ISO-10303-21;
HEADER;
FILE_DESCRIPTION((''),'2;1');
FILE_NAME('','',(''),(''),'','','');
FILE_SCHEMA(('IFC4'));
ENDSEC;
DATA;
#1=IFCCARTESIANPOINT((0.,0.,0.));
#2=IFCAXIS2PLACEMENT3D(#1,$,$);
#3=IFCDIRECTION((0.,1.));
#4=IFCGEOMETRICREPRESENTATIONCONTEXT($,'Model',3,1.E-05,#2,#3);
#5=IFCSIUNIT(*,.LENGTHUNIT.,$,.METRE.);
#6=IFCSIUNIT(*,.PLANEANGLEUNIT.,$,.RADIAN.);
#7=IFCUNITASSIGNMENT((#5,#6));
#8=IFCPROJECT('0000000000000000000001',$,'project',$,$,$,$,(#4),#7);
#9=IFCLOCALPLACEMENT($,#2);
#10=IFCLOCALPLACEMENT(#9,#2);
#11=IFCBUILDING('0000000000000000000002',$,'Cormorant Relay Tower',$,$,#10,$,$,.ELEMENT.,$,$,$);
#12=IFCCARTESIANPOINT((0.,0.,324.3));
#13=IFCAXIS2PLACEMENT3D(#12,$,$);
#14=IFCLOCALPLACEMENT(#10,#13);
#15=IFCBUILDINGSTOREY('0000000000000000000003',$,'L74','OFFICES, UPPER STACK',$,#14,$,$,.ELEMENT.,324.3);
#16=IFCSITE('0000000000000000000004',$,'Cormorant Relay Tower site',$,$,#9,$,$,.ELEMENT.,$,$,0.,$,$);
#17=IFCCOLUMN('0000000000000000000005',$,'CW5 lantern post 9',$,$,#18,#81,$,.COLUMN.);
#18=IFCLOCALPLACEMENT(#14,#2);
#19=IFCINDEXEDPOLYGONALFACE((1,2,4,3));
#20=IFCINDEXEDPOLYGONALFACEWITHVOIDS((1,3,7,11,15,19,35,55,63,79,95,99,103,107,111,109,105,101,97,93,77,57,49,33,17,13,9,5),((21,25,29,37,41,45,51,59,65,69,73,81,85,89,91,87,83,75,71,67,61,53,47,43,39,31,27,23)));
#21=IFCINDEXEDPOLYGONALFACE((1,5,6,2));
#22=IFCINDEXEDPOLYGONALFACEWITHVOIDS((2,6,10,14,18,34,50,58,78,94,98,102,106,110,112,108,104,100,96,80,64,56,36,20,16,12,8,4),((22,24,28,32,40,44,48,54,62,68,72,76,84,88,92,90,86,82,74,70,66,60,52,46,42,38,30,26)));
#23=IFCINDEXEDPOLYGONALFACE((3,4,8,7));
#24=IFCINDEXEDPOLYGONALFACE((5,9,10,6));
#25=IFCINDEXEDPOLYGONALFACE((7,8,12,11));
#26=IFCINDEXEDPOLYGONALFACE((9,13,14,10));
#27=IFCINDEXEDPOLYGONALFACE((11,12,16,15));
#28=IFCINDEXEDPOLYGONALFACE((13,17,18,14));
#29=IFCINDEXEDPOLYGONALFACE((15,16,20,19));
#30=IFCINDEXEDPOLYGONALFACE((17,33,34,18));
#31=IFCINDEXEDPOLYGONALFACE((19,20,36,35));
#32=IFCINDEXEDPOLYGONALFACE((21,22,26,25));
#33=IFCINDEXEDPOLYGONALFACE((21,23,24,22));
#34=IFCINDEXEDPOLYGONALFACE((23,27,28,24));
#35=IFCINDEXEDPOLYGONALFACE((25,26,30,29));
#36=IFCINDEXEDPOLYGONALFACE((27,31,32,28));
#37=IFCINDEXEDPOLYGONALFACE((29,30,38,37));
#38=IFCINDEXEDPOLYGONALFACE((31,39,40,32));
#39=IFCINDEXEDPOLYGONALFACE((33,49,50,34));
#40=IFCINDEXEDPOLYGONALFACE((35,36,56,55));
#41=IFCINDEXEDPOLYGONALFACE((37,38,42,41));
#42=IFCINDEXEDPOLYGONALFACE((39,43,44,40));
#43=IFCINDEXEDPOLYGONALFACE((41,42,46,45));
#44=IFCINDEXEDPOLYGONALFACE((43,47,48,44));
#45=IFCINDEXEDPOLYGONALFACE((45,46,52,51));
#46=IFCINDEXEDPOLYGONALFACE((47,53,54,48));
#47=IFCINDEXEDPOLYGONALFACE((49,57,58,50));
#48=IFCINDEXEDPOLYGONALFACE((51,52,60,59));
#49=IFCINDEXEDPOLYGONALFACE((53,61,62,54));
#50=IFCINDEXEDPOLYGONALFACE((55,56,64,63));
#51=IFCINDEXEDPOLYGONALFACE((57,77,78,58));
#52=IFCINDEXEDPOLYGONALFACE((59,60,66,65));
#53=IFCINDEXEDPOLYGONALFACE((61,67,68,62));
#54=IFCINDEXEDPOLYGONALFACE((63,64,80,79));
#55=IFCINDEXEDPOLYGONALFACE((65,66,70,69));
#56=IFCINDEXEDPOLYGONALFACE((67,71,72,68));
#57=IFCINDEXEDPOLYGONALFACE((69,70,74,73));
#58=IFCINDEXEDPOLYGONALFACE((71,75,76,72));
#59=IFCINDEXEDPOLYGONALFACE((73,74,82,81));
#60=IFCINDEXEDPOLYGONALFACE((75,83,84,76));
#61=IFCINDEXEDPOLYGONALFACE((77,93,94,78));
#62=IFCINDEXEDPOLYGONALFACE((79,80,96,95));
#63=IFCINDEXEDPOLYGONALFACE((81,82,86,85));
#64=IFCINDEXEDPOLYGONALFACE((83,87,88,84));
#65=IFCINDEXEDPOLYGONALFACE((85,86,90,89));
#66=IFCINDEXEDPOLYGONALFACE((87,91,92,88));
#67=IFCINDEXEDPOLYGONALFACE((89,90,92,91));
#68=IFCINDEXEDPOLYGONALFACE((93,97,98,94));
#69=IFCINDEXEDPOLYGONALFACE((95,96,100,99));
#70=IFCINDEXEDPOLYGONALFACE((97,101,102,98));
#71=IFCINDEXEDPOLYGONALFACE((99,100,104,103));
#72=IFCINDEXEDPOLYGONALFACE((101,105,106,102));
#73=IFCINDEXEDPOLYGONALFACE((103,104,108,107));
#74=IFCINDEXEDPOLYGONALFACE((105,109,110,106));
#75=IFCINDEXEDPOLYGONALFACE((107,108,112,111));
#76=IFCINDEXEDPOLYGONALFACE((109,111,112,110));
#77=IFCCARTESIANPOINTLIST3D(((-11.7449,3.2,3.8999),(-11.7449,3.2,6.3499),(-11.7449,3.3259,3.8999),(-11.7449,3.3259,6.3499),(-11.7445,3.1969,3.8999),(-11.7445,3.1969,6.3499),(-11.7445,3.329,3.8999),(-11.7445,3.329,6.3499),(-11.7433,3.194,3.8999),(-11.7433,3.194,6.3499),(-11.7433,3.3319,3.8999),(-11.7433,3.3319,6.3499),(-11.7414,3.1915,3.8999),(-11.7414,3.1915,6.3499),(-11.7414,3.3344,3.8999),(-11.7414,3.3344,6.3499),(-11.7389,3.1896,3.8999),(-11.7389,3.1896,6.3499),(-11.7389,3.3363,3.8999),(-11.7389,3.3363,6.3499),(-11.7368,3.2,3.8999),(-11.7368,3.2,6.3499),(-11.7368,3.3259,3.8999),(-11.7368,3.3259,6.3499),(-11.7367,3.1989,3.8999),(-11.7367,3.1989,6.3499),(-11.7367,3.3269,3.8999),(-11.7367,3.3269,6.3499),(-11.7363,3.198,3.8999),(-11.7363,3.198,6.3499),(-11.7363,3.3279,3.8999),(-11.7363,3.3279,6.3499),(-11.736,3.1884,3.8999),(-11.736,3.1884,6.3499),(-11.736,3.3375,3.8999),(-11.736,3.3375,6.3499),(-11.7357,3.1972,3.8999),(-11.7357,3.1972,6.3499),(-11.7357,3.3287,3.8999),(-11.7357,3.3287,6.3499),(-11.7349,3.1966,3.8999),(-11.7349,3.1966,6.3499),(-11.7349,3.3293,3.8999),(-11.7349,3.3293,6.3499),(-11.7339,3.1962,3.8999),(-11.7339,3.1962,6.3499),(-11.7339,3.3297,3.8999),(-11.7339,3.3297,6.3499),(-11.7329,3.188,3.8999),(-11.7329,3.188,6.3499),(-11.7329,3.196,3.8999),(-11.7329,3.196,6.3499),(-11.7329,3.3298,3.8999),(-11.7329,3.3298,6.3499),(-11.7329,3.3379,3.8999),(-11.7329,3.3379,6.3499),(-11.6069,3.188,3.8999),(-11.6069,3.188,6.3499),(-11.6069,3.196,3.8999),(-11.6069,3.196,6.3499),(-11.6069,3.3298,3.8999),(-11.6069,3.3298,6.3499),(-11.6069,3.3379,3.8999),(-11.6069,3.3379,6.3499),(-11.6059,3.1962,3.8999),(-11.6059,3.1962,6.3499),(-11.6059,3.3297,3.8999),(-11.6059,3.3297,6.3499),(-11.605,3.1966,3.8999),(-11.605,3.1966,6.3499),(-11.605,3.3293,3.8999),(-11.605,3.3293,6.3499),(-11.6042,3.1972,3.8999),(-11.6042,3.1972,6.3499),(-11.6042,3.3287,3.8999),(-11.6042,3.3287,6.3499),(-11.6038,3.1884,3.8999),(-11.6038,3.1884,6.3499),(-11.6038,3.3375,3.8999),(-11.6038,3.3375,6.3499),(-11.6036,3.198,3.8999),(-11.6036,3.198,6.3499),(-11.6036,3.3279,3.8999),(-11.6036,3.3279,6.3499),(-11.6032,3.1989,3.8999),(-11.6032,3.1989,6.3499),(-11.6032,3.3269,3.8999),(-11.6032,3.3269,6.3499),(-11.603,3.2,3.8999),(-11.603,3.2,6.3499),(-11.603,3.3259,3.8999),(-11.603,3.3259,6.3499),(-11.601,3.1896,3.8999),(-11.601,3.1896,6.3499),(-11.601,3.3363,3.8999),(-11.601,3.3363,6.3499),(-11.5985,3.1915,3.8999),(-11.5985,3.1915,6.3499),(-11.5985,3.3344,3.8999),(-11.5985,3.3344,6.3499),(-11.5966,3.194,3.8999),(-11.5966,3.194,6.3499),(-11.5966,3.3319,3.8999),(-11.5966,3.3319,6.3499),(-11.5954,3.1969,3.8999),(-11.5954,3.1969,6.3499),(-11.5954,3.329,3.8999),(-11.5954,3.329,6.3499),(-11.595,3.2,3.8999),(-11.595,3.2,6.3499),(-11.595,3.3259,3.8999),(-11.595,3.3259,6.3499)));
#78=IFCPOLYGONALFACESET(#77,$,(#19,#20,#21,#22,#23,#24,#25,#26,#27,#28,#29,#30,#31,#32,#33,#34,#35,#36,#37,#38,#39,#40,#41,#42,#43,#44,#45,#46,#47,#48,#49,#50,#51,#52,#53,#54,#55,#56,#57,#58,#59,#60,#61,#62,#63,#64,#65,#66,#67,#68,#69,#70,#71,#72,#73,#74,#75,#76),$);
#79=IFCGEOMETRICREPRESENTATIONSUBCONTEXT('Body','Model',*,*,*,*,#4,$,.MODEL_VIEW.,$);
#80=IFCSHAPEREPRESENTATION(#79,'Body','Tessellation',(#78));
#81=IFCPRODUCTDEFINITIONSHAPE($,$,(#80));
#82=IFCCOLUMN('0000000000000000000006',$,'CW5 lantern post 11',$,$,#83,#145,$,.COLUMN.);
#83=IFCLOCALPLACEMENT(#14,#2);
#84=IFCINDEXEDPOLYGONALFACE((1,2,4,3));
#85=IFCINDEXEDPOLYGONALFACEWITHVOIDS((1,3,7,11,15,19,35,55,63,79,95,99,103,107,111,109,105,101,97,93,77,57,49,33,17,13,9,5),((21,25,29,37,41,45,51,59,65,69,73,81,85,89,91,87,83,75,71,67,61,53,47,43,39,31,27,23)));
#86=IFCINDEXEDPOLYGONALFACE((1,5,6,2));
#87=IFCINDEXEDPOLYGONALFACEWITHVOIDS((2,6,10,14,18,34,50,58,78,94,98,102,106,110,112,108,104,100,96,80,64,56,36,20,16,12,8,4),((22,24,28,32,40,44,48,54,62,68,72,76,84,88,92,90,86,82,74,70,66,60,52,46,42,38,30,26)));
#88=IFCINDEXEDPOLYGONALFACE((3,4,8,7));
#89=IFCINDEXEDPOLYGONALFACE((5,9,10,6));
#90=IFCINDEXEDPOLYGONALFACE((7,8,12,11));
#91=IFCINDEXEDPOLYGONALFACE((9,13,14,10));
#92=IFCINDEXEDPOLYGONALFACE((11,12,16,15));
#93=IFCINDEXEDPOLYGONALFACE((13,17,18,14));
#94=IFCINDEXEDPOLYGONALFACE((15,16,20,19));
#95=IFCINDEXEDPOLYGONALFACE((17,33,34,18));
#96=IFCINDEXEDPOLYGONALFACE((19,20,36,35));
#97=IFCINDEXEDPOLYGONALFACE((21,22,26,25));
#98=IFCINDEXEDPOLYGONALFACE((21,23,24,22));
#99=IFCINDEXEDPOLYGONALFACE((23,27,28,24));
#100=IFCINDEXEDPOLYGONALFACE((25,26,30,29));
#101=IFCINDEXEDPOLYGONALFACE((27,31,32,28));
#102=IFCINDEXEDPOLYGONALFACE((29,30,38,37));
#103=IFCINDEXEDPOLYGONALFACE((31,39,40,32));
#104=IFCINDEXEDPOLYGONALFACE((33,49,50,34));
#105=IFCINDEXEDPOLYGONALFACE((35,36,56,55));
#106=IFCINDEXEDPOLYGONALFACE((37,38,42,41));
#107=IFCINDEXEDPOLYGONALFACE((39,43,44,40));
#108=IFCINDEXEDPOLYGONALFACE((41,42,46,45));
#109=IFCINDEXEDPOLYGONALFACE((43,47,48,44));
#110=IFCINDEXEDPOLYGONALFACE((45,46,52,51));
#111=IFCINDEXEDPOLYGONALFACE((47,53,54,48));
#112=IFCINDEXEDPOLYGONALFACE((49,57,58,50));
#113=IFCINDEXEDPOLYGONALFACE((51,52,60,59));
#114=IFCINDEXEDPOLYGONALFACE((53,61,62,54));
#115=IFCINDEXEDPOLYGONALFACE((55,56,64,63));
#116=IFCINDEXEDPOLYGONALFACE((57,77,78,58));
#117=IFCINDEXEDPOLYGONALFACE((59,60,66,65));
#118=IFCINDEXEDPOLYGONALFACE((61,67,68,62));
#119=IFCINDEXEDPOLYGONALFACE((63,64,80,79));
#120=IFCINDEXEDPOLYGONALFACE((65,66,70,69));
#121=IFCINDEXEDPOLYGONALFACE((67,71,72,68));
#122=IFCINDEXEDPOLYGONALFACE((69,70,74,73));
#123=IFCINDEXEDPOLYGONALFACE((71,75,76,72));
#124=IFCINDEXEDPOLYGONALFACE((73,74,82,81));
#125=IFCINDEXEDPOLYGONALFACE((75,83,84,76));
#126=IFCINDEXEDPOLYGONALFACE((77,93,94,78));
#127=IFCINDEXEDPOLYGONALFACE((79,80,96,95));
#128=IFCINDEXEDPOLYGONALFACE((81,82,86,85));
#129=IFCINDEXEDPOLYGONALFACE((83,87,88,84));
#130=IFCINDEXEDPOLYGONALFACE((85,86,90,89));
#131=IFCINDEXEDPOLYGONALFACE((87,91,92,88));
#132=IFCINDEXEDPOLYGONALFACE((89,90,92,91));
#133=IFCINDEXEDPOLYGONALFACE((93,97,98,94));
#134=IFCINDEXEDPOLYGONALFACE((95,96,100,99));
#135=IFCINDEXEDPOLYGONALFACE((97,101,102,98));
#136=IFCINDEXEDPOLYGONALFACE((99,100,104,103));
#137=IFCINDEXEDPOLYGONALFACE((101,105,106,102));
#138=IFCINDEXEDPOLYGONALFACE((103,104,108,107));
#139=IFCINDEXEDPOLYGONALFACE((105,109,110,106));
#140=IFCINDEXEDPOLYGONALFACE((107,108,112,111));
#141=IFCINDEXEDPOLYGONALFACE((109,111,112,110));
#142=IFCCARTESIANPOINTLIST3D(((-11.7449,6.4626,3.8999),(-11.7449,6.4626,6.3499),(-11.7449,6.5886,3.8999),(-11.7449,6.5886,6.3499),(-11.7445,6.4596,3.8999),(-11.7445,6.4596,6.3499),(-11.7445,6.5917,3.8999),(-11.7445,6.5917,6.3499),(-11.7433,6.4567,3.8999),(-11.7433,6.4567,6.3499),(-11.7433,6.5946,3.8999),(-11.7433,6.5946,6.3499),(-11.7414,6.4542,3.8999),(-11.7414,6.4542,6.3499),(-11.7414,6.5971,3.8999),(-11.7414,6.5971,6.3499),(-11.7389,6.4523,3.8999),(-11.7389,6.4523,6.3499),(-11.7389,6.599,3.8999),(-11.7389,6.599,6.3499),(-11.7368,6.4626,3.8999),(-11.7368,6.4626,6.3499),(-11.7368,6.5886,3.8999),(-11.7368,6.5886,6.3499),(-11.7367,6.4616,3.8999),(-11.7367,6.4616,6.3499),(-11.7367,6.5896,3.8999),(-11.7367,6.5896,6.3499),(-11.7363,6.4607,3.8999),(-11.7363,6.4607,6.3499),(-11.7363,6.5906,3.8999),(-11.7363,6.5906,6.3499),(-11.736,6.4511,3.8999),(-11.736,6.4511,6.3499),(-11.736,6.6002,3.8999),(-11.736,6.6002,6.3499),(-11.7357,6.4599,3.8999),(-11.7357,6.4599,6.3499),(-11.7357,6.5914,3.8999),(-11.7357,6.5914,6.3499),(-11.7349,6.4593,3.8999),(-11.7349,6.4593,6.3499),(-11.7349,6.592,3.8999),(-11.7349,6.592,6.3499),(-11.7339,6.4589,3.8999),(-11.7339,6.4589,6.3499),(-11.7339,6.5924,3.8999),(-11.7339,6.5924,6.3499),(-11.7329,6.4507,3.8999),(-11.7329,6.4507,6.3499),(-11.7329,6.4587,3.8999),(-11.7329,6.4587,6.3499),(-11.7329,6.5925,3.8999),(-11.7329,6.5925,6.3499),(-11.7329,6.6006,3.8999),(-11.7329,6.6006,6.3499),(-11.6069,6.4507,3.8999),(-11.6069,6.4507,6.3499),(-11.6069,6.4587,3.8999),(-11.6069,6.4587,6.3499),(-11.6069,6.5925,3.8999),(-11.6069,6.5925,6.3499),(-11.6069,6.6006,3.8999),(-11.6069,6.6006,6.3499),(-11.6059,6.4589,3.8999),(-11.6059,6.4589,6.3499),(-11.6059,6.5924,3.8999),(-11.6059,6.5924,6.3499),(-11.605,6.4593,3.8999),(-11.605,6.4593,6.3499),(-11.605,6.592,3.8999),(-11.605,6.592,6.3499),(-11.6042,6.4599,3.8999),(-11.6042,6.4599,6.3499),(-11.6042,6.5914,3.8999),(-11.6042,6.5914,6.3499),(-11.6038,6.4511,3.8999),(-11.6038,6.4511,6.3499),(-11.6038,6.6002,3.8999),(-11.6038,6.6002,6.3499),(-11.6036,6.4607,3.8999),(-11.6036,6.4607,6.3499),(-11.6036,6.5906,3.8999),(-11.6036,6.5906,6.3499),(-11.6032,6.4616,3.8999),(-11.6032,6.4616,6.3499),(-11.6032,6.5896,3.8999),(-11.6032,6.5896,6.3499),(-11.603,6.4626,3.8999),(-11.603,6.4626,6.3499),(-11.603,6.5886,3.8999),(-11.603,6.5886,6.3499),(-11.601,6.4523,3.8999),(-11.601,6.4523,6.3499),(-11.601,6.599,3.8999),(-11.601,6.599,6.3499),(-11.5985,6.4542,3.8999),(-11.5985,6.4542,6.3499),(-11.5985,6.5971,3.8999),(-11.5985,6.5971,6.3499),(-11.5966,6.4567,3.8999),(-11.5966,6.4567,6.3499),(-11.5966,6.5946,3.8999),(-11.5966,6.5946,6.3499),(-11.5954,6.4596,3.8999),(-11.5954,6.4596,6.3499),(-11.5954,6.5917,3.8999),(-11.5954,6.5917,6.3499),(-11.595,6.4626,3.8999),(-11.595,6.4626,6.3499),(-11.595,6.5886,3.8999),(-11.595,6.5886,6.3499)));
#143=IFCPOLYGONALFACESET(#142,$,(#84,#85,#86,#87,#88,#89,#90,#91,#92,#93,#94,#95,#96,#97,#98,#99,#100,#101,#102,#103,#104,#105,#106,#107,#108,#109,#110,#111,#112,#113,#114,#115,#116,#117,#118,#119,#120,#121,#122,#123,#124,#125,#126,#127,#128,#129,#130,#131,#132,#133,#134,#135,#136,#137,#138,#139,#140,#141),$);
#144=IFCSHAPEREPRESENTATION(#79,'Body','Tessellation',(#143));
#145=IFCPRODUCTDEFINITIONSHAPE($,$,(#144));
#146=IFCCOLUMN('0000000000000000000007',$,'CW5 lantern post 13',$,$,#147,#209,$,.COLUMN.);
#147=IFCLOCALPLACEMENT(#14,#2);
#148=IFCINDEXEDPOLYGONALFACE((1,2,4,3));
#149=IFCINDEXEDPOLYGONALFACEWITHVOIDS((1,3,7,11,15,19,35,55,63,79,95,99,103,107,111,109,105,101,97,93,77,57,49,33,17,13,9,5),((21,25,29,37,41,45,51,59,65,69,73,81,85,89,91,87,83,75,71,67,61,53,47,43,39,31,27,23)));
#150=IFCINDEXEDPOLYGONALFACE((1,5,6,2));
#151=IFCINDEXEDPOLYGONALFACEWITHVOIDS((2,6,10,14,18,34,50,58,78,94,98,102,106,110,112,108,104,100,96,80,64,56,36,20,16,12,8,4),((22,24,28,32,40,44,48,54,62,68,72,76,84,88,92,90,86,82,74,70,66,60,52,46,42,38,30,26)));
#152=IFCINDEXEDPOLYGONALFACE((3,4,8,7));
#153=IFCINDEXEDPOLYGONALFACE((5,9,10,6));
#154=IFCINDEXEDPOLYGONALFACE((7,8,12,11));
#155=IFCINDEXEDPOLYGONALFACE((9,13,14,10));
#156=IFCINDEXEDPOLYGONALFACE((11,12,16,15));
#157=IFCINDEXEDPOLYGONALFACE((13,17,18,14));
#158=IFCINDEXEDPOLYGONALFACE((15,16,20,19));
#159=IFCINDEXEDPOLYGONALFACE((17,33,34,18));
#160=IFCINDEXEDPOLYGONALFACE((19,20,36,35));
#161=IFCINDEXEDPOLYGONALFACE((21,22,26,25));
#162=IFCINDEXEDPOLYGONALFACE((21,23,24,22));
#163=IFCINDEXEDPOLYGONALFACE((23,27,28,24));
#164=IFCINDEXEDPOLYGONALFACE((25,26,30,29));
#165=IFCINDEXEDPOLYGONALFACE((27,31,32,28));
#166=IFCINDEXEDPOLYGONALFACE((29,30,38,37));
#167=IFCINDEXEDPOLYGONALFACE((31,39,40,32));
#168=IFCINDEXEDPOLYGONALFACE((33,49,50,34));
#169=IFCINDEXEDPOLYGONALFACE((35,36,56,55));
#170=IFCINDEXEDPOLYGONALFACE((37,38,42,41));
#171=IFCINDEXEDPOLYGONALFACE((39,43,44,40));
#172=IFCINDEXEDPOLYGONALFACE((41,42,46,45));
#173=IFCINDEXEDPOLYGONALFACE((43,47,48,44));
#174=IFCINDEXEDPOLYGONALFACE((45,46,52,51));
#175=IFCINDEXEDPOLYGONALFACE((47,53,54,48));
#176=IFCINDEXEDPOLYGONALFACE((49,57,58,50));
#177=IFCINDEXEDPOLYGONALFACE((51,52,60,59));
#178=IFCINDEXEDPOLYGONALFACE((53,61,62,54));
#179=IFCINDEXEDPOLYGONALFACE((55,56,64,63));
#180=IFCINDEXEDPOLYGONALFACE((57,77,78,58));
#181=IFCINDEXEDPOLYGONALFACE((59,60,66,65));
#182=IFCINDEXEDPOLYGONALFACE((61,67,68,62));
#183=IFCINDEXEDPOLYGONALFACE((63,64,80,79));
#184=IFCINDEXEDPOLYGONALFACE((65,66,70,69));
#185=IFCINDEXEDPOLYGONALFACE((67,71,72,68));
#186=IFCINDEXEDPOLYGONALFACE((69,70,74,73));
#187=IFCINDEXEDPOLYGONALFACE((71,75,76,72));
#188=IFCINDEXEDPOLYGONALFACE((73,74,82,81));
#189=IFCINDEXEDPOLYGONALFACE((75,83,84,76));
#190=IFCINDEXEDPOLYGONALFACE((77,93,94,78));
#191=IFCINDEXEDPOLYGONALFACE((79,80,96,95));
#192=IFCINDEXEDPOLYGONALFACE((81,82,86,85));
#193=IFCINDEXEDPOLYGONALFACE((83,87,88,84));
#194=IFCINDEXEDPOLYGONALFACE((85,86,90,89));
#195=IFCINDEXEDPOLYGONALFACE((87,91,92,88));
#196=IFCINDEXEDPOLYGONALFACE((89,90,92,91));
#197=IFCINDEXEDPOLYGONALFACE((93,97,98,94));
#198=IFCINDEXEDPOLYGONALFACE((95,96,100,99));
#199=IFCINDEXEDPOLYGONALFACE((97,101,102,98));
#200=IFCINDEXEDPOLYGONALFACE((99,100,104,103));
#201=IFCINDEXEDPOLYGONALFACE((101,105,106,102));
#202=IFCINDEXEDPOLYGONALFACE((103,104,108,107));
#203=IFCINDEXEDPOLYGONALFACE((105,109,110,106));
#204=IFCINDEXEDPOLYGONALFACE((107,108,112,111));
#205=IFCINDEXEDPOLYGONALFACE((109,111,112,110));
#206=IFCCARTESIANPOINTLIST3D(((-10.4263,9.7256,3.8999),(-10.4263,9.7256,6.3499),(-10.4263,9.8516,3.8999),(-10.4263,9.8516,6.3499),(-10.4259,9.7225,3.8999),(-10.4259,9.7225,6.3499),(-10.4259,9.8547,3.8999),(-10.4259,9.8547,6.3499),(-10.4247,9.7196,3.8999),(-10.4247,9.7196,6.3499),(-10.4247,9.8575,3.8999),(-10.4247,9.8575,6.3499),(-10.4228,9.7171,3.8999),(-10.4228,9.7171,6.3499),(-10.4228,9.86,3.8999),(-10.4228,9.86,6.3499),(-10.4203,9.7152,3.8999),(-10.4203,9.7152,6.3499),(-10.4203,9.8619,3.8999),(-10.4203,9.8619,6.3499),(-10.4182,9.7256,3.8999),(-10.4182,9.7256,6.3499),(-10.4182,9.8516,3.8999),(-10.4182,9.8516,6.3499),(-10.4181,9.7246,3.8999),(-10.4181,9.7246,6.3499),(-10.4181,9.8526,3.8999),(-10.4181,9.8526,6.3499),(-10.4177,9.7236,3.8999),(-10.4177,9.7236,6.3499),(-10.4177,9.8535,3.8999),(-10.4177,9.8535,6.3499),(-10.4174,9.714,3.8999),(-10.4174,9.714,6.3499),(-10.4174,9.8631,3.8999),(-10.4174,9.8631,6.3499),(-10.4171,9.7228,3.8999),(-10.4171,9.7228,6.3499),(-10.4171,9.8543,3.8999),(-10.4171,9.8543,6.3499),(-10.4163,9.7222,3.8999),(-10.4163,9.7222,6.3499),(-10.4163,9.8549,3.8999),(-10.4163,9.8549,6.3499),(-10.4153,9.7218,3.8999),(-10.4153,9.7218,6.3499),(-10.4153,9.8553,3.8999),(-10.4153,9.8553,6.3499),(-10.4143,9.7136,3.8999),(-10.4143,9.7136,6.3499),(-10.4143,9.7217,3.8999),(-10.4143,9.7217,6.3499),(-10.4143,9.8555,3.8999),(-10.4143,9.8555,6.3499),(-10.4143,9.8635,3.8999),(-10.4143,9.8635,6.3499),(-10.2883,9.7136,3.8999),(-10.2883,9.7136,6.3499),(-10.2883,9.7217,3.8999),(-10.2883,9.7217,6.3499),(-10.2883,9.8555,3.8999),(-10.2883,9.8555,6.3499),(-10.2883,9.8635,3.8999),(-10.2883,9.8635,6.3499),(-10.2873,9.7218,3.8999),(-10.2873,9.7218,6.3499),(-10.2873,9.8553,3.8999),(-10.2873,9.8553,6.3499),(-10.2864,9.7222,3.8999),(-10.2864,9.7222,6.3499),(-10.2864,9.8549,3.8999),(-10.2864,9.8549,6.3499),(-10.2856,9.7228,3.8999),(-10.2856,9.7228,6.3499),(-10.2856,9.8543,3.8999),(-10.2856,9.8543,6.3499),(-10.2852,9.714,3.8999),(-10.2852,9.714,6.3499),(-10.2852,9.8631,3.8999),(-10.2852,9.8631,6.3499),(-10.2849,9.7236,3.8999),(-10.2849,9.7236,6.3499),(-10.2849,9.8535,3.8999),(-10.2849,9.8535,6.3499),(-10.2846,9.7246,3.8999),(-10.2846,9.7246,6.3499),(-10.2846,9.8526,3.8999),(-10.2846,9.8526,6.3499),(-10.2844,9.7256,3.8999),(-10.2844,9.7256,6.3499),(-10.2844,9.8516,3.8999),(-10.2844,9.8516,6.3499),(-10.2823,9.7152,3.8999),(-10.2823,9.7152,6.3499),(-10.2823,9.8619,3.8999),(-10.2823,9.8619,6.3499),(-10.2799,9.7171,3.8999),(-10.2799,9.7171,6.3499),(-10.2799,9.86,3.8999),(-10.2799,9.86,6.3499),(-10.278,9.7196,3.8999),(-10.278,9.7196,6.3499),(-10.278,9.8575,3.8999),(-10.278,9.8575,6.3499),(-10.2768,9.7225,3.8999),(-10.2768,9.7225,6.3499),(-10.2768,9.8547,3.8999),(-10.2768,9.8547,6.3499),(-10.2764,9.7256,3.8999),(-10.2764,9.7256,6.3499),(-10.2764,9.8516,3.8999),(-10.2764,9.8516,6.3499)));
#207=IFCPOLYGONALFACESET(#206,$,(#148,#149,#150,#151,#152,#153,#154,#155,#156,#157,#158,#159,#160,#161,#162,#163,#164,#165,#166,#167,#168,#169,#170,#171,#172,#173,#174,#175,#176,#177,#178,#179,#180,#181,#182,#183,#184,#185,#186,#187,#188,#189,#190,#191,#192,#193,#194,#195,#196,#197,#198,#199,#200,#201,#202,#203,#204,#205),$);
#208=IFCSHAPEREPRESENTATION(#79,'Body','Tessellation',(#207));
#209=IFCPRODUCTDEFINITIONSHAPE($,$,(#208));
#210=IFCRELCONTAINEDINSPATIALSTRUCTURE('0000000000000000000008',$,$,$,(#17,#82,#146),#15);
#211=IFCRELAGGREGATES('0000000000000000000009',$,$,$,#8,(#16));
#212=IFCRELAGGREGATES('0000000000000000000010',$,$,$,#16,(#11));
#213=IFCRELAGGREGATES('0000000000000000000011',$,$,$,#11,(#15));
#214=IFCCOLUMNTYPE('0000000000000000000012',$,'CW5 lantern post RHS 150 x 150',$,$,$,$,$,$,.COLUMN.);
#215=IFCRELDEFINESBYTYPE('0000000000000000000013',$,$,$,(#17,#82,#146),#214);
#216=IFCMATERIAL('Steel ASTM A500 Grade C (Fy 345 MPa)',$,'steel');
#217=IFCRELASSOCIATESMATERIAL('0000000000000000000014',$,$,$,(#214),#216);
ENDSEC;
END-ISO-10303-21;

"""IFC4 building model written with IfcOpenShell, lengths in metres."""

from ifc_helpers import new_model, si_unit, direction, frame, origin, origin_2d, place, context, subcontext, project, spatial, hollow_rectangle, extrude, material, material_profile, profile_set, type_object, element, save


model = new_model("IFC4")

# Units and contexts
model_context = context("Model", 3, precision=1e-05, world=origin(), true_north=direction((0.0, 1.0)))
body_context = subcontext(model_context, "Body", "Model", "MODEL_VIEW")
ifc_project = project(units=[si_unit("LENGTHUNIT", "METRE"), si_unit("PLANEANGLEUNIT", "RADIAN")], contexts=[model_context])

# Site, building, storey
site_placement = place(None, origin())
site = spatial("IfcSite", under=ifc_project, at=site_placement, Name="Cormorant Relay Tower site", CompositionType="ELEMENT", RefElevation=0.0)
building_placement = place(site_placement, origin())
building = spatial("IfcBuilding", under=site, at=building_placement, Name="Cormorant Relay Tower", CompositionType="ELEMENT")
storey_placement = place(building_placement, frame((0.0, 0.0, 324.3)))
storey = spatial("IfcBuildingStorey", under=building, at=storey_placement, Name="L74", Description="OFFICES, UPPER STACK", CompositionType="ELEMENT", Elevation=324.3)

# Columns
ifc_material_1 = material(Name="Steel ASTM A500 Grade C (Fy 345 MPa)", Category="steel")
ifc_material_profile_1 = material_profile(ifc_material_1, hollow_rectangle(XDim=0.1499, YDim=0.1499, WallThickness=0.0081, InnerFilletRadius=0.0039, OuterFilletRadius=0.012, at=origin_2d()), Name="RHS150x150x8")
ifc_profile_set_1 = profile_set([ifc_material_profile_1], Name="Steel ASTM A500 Grade C (Fy 345 MPa)")
column_type_1 = type_object("IfcColumnType", Name="CW5 lantern post RHS 150 x 150", PredefinedType="COLUMN", material=ifc_profile_set_1)
for number, where, z_axis, x_axis, name in (
    (1, (-11.6699, 3.2629, 3.8999), (0.0, 0.0, 1.0), (1.0, 0.0, 0.0), "CW5 lantern post 9"),
    (2, (-11.6699, 6.5256, 3.8999), (0.0, 0.0, 1.0), (1.0, 0.0, 0.0), "CW5 lantern post 11"),
    (3, (-10.3513, 9.7886, 3.8999), (0.0, 0.0, 1.0), (1.0, 0.0, 0.0), "CW5 lantern post 13"),
):
    element("IfcColumn", number, at=place(storey_placement, frame(where, z_axis=z_axis, x_axis=x_axis)), inside=storey, type_object=column_type_1, Name=name, PredefinedType="COLUMN", context=body_context, shape_type="SweptSolid", body=[
        extrude(hollow_rectangle(XDim=0.1499, YDim=0.1499, WallThickness=0.0081, InnerFilletRadius=0.0039, OuterFilletRadius=0.012, at=origin_2d()), origin(), (0.0, 0.0, 1.0), 2.45),
    ])

save(model, "model.ifc")
